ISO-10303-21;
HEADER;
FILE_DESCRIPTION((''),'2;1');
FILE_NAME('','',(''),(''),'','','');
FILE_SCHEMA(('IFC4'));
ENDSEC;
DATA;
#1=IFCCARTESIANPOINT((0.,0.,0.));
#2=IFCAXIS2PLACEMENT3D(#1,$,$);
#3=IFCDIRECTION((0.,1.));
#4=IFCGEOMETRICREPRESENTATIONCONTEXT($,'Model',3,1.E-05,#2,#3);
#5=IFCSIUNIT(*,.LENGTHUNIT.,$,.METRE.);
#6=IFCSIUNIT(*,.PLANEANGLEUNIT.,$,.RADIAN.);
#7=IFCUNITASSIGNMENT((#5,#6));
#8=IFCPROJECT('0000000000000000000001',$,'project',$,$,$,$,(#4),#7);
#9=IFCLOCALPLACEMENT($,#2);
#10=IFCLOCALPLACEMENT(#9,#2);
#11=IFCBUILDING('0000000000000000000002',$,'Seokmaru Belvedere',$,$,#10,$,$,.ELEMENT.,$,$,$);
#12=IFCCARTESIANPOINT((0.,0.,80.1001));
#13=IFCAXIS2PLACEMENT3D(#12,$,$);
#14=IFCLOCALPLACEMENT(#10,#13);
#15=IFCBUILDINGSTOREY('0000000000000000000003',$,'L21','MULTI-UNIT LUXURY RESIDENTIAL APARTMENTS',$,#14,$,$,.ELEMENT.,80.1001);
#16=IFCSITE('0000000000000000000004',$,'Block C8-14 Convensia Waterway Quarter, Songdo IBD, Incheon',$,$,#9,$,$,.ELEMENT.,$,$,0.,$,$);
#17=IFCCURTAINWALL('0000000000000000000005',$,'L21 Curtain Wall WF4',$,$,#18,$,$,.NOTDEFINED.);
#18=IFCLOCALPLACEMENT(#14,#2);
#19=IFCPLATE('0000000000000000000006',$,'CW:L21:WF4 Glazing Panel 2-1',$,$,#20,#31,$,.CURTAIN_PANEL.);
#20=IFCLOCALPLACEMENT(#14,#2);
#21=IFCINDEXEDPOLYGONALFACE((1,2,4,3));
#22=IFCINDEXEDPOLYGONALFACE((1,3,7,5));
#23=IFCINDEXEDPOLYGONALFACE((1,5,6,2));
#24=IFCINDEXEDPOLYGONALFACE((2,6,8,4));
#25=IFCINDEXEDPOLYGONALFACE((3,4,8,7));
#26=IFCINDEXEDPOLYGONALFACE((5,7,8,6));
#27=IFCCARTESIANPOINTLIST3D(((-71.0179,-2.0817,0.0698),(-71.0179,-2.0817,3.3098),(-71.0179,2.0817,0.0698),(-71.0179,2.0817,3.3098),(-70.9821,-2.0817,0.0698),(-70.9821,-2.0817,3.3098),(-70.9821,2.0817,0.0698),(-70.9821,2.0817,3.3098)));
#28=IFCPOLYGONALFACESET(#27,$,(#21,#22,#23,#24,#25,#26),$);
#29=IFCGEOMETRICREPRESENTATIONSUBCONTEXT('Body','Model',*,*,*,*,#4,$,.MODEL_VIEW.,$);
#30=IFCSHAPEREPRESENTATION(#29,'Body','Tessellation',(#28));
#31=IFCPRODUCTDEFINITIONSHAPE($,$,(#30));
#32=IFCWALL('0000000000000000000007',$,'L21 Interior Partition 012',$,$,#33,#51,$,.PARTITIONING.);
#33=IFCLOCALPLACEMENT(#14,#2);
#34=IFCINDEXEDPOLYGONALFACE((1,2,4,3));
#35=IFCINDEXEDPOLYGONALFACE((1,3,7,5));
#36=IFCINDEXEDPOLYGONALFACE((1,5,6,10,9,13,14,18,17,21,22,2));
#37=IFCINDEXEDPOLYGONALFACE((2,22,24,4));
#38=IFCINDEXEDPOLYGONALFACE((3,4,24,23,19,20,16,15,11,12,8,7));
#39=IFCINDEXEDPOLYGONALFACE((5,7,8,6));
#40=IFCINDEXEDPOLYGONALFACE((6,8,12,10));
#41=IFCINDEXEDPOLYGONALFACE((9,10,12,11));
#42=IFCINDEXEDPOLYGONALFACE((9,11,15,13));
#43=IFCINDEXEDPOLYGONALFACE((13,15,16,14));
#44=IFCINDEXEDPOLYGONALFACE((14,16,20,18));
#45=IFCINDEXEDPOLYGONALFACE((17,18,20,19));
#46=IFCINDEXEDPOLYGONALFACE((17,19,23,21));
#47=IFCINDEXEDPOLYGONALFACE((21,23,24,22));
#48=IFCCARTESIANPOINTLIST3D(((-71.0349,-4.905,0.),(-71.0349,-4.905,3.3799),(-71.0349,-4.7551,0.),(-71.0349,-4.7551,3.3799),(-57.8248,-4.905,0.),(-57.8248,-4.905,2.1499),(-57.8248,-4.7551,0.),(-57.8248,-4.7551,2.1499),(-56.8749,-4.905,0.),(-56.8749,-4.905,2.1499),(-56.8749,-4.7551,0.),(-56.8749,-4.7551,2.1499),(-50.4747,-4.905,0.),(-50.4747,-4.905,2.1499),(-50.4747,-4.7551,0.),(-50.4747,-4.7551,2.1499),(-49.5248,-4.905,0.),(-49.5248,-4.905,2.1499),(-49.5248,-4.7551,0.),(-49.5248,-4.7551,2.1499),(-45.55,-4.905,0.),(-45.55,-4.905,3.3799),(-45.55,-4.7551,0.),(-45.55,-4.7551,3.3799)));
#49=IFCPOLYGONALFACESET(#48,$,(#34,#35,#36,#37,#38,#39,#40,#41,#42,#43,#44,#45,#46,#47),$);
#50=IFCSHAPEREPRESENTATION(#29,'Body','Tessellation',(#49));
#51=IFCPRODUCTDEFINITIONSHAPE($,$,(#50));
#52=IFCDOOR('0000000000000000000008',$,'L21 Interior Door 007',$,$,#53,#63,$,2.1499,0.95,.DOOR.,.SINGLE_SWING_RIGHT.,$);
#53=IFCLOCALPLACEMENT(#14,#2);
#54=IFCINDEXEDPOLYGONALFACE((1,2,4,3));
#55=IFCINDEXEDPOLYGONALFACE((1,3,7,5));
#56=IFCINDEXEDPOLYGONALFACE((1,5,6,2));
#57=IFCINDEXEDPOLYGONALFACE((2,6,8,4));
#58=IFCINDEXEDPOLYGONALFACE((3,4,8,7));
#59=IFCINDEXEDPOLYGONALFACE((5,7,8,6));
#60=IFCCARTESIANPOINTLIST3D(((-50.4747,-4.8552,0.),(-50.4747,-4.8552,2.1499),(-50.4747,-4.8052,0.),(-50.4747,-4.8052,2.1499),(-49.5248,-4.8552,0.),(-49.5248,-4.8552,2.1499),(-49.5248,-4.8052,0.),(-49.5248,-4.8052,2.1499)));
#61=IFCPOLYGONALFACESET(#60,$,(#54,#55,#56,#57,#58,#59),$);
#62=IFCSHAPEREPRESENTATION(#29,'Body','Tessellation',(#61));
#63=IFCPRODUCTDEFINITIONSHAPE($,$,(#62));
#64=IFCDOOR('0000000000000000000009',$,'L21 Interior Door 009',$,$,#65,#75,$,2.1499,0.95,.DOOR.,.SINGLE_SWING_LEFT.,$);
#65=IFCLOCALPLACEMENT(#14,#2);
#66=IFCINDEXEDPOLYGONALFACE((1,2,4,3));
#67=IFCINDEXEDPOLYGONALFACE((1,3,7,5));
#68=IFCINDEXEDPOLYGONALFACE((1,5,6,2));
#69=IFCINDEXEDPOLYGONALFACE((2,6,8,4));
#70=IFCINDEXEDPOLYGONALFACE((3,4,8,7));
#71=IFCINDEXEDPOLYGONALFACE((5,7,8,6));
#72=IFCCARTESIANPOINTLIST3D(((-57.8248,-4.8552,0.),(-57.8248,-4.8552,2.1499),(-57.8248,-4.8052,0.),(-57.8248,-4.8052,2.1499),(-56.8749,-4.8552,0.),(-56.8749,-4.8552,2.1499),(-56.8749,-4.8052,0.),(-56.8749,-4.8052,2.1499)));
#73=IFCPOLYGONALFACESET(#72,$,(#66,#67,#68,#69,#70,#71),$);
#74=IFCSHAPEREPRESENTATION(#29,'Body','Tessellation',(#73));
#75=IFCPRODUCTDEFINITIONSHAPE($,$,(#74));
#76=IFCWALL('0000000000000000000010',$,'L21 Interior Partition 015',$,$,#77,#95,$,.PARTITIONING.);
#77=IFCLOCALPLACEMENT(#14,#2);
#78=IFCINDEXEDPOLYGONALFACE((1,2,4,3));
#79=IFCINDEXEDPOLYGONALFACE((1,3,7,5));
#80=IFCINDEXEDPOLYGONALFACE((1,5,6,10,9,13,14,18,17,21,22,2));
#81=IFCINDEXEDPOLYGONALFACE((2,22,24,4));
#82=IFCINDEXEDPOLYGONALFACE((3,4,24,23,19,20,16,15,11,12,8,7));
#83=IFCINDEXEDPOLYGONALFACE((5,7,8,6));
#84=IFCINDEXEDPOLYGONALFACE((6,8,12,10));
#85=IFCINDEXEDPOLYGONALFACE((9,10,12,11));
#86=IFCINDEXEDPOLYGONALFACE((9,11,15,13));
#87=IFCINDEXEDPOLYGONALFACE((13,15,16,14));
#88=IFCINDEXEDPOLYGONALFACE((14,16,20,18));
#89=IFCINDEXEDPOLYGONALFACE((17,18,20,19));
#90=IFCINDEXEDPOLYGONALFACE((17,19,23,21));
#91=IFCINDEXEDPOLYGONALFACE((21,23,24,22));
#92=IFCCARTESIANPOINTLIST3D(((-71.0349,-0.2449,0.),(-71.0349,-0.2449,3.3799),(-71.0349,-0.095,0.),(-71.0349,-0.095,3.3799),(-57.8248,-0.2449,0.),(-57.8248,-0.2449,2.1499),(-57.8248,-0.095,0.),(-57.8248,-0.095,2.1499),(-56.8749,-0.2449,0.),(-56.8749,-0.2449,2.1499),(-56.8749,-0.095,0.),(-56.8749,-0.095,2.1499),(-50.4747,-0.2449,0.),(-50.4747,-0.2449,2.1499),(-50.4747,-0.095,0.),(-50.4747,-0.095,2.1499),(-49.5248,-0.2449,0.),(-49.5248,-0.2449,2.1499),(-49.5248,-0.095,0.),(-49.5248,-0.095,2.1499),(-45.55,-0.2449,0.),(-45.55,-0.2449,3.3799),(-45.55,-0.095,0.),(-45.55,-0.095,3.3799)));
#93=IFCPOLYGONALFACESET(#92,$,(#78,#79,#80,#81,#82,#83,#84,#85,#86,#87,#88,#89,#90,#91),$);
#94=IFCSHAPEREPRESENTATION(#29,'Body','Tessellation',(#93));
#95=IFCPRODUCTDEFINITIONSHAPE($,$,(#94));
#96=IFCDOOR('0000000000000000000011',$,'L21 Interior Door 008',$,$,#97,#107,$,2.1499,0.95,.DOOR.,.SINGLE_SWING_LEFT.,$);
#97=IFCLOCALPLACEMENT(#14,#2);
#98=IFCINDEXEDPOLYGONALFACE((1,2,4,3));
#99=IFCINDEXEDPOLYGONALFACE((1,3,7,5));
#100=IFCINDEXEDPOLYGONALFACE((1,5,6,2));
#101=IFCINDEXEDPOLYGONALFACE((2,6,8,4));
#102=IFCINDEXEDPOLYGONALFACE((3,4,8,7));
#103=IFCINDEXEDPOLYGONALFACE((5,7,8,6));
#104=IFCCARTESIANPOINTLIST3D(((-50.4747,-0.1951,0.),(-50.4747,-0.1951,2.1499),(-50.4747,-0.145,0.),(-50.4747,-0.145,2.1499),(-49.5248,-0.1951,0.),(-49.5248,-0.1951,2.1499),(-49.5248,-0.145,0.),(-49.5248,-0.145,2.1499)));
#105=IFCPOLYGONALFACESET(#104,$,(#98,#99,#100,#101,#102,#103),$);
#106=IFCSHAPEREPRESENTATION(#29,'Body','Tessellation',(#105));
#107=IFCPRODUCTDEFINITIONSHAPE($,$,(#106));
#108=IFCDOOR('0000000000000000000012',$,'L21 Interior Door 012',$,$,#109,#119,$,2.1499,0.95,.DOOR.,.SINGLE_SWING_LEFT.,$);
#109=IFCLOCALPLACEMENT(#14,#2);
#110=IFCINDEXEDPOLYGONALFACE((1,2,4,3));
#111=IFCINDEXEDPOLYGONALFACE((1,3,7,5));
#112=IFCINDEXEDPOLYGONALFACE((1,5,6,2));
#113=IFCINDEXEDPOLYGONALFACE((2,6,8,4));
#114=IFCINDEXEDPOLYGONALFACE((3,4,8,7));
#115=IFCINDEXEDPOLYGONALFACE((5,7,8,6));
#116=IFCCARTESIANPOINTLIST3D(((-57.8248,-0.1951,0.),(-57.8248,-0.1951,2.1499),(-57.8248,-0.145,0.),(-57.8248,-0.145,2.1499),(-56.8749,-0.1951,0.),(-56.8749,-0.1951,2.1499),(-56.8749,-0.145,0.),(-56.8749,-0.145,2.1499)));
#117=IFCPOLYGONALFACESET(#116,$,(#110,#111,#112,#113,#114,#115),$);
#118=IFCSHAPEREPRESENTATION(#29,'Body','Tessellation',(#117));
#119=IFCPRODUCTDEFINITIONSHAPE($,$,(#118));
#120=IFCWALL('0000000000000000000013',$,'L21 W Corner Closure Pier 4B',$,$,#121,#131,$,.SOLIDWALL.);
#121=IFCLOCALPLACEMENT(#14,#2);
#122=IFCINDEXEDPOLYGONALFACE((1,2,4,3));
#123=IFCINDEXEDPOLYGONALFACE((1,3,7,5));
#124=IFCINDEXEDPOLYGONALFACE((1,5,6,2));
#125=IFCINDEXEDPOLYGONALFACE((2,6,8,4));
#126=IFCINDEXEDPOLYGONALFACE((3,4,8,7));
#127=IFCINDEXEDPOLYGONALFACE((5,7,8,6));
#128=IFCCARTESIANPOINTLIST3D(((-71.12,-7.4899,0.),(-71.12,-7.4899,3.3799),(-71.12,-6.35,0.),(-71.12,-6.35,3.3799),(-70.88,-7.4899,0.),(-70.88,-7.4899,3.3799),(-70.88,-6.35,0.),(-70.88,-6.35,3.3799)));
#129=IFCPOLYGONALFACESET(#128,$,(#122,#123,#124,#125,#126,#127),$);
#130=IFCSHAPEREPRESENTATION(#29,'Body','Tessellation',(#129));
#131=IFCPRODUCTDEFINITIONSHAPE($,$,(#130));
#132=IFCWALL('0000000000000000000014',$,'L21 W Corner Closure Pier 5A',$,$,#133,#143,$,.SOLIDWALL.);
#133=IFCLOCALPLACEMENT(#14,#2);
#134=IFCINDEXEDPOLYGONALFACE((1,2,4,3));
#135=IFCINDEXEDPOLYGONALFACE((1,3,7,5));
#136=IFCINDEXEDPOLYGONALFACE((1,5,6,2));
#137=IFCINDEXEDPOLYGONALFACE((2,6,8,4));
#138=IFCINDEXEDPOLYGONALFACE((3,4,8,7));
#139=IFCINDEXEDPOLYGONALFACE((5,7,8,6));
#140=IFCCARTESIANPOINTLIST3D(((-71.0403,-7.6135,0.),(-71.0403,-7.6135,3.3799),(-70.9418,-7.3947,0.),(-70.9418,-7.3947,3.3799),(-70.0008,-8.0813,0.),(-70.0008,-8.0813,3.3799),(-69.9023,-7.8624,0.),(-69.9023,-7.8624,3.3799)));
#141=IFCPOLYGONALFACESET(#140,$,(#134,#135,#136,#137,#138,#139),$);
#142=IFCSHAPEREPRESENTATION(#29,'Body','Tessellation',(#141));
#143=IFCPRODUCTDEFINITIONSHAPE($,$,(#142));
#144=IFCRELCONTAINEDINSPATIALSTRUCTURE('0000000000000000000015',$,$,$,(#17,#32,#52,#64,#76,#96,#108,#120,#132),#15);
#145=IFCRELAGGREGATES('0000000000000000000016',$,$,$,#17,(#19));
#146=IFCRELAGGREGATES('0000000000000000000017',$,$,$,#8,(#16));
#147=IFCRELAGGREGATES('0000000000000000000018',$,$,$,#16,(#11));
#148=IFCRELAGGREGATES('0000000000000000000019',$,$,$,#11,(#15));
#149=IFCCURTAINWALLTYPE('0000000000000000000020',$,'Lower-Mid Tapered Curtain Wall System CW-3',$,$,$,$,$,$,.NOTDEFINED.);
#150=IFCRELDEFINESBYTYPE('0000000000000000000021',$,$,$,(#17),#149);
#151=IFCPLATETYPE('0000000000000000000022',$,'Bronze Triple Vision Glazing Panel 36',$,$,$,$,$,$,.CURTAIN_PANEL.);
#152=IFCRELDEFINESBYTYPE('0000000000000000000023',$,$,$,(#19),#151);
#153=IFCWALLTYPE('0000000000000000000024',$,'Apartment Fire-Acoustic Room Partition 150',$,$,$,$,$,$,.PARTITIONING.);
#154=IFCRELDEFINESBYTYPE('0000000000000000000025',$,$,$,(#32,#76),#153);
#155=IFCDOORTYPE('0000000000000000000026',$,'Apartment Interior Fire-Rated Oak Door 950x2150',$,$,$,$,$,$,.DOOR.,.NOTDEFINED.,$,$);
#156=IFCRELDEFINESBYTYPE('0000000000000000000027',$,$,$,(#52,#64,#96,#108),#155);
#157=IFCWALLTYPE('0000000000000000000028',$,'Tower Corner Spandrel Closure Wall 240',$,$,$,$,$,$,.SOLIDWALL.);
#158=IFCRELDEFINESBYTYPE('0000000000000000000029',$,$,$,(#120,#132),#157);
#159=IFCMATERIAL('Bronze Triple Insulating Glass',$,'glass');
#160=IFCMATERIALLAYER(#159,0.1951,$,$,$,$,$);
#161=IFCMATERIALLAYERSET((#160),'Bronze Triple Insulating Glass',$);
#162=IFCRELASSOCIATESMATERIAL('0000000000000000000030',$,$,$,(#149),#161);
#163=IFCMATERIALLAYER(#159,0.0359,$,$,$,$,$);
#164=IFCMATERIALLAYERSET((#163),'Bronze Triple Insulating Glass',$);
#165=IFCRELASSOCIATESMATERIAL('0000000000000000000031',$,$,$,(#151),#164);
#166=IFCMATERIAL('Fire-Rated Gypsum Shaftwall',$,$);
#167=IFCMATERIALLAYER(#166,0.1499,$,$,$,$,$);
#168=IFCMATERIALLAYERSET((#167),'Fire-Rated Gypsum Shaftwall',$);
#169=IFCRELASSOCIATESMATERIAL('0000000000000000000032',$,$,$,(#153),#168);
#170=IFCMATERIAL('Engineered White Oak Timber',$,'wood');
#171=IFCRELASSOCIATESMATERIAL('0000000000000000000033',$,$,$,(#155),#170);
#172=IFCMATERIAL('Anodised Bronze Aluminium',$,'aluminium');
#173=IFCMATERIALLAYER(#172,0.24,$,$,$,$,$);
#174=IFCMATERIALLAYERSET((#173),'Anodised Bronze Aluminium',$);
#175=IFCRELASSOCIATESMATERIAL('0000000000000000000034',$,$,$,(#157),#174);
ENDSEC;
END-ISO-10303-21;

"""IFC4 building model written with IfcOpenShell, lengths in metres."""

from ifc_helpers import new_model, si_unit, direction, frame, frame_2d, origin, origin_2d, place, context, subcontext, project, spatial, rectangle, extrude, source, transform, mapped, material, layer, layer_set, type_object, type_shapes, element, fill, aggregate, save


model = new_model("IFC4")

# Units and contexts
model_context = context("Model", 3, precision=1e-05, world=origin(), true_north=direction((0.0, 1.0)))
body_context = subcontext(model_context, "Body", "Model", "MODEL_VIEW")
ifc_project = project(units=[si_unit("LENGTHUNIT", "METRE"), si_unit("PLANEANGLEUNIT", "RADIAN")], contexts=[model_context])

# Site, building, storey
site_placement = place(None, origin())
site = spatial("IfcSite", under=ifc_project, at=site_placement, Name="Block C8-14 Convensia Waterway Quarter, Songdo IBD, Incheon", CompositionType="ELEMENT", RefElevation=0.0)
building_placement = place(site_placement, origin())
building = spatial("IfcBuilding", under=site, at=building_placement, Name="Seokmaru Belvedere", CompositionType="ELEMENT")
storey_placement = place(building_placement, frame((0.0, 0.0, 80.1001)))
storey = spatial("IfcBuildingStorey", under=building, at=storey_placement, Name="L21", Description="MULTI-UNIT LUXURY RESIDENTIAL APARTMENTS", CompositionType="ELEMENT", Elevation=80.1001)

# Curtain wall
ifc_material_1 = material(Name="Bronze Triple Insulating Glass", Category="glass")
ifc_layer_1 = layer(ifc_material_1, 0.1951)
ifc_layer_set_1 = layer_set([ifc_layer_1], Name="Bronze Triple Insulating Glass")
curtain_wall_type = type_object("IfcCurtainWallType", Name="Lower-Mid Tapered Curtain Wall System CW-3", PredefinedType="NOTDEFINED", material=ifc_layer_set_1)
curtain_wall_1_placement = place(storey_placement, origin())
curtain_wall_1 = element("IfcCurtainWall", 1, at=curtain_wall_1_placement, inside=storey, type_object=curtain_wall_type, Name="L21 Curtain Wall WF4", PredefinedType="NOTDEFINED")
ifc_material_2 = material(Name="Anodised Bronze Aluminium", Category="aluminium")

# Plate
ifc_layer_2 = layer(ifc_material_1, 0.0359)
ifc_layer_set_2 = layer_set([ifc_layer_2], Name="Bronze Triple Insulating Glass")
plate_type = type_object("IfcPlateType", Name="Bronze Triple Vision Glazing Panel 36", PredefinedType="CURTAIN_PANEL", material=ifc_layer_set_2)
shared_shape_1 = source(origin(), body_context, "Body", "SweptSolid", [
    extrude(rectangle(XDim=4.1633, YDim=0.0359, at=origin_2d()), origin(), (0.0, 0.0, 1.0), 3.24),
])
plate_1_placement = place(storey_placement, frame((-71.0, 0.0, 0.0698), z_axis=(0.0, 0.0, 1.0), x_axis=(0.0, -1.0, 0.0)))
plate_1 = element("IfcPlate", 2, at=plate_1_placement, type_object=plate_type, Name="CW:L21:WF4 Glazing Panel 2-1", PredefinedType="CURTAIN_PANEL", context=body_context, shape_type="MappedRepresentation", body=[
    mapped(shared_shape_1, transform((0.0, 0.0, 0.0), scale=1.0)),
])
aggregate(curtain_wall_1, [plate_1])

# Walls, openings, doors
ifc_material_3 = material(Name="Fire-Rated Gypsum Shaftwall")
ifc_layer_3 = layer(ifc_material_3, 0.1499)
ifc_layer_set_3 = layer_set([ifc_layer_3], Name="Fire-Rated Gypsum Shaftwall")
wall_type_1 = type_object("IfcWallType", Name="Apartment Fire-Acoustic Room Partition 150", PredefinedType="PARTITIONING", material=ifc_layer_set_3)
wall_1_placement = place(storey_placement, frame((-71.0349, -4.8301, 0.0), z_axis=(0.0, 0.0, 1.0), x_axis=(1.0, 0.0, 0.0)))
wall_1 = element("IfcWall", 3, at=wall_1_placement, inside=storey, type_object=wall_type_1, Name="L21 Interior Partition 012", PredefinedType="PARTITIONING", context=body_context, shape_type="SweptSolid", body=[
    extrude(rectangle(XDim=25.4849, YDim=0.1499, at=frame_2d((12.7424, 0.0))), origin(), (0.0, 0.0, 1.0), 3.3799),
])
opening_1_placement = place(wall_1_placement, frame((20.5601, 0.0, 0.0)))
opening_1 = element("IfcOpeningElement", 4, at=opening_1_placement, cuts=wall_1, PredefinedType="OPENING", context=body_context, shape_type="SweptSolid", body=[
    extrude(rectangle(XDim=0.95, YDim=2.1499, at=frame_2d((0.4751, 1.075))), frame((0.0, 0.085, 0.0), z_axis=(0.0, -1.0, 0.0), x_axis=(1.0, 0.0, 0.0)), (0.0, 0.0, 1.0), 0.1699),
])
opening_2_placement = place(wall_1_placement, frame((13.21, 0.0, 0.0)))
opening_2 = element("IfcOpeningElement", 5, at=opening_2_placement, cuts=wall_1, PredefinedType="OPENING", context=body_context, shape_type="SweptSolid", body=[
    extrude(rectangle(XDim=0.95, YDim=2.1499, at=frame_2d((0.4751, 1.075))), frame((0.0, 0.085, 0.0), z_axis=(0.0, -1.0, 0.0), x_axis=(1.0, 0.0, 0.0)), (0.0, 0.0, 1.0), 0.1699),
])
ifc_material_4 = material(Name="Engineered White Oak Timber", Category="wood")
door_type = type_object("IfcDoorType", Name="Apartment Interior Fire-Rated Oak Door 950x2150", OperationType="NOTDEFINED", PredefinedType="DOOR", material=ifc_material_4)
shared_shape_2 = source(origin(), body_context, "Body", "SweptSolid", [
    extrude(rectangle(XDim=0.95, YDim=2.1499, at=frame_2d((0.4751, 1.075))), frame((0.0, 0.0249, 0.0), z_axis=(0.0, -1.0, 0.0), x_axis=(1.0, 0.0, 0.0)), (0.0, 0.0, 1.0), 0.05),
])
type_shapes(door_type, [shared_shape_2])
door_1_placement = place(opening_1_placement, origin())
door_1 = element("IfcDoor", 6, at=door_1_placement, inside=storey, type_object=door_type, Name="L21 Interior Door 007", OperationType="SINGLE_SWING_RIGHT", OverallHeight=2.1499, OverallWidth=0.95, PredefinedType="DOOR", context=body_context, shape_type="MappedRepresentation", body=[
    mapped(shared_shape_2, transform((0.0, 0.0, 0.0), scale=1.0)),
])
fill(opening_1, door_1)
door_2_placement = place(opening_2_placement, origin())
door_2 = element("IfcDoor", 7, at=door_2_placement, inside=storey, type_object=door_type, Name="L21 Interior Door 009", OperationType="SINGLE_SWING_LEFT", OverallHeight=2.1499, OverallWidth=0.95, PredefinedType="DOOR", context=body_context, shape_type="MappedRepresentation", body=[
    mapped(shared_shape_2, transform((0.0, 0.0, 0.0), scale=1.0)),
])
fill(opening_2, door_2)
wall_2_placement = place(storey_placement, frame((-71.0349, -0.1699, 0.0), z_axis=(0.0, 0.0, 1.0), x_axis=(1.0, 0.0, 0.0)))
wall_2 = element("IfcWall", 8, at=wall_2_placement, inside=storey, type_object=wall_type_1, Name="L21 Interior Partition 015", PredefinedType="PARTITIONING", context=body_context, shape_type="SweptSolid", body=[
    extrude(rectangle(XDim=25.4849, YDim=0.1499, at=frame_2d((12.7424, 0.0))), origin(), (0.0, 0.0, 1.0), 3.3799),
])
opening_3_placement = place(wall_2_placement, frame((20.5601, 0.0, 0.0)))
opening_3 = element("IfcOpeningElement", 9, at=opening_3_placement, cuts=wall_2, PredefinedType="OPENING", context=body_context, shape_type="SweptSolid", body=[
    extrude(rectangle(XDim=0.95, YDim=2.1499, at=frame_2d((0.4751, 1.075))), frame((0.0, 0.085, 0.0), z_axis=(0.0, -1.0, 0.0), x_axis=(1.0, 0.0, 0.0)), (0.0, 0.0, 1.0), 0.1699),
])
opening_4_placement = place(wall_2_placement, frame((13.21, 0.0, 0.0)))
opening_4 = element("IfcOpeningElement", 10, at=opening_4_placement, cuts=wall_2, PredefinedType="OPENING", context=body_context, shape_type="SweptSolid", body=[
    extrude(rectangle(XDim=0.95, YDim=2.1499, at=frame_2d((0.4751, 1.075))), frame((0.0, 0.085, 0.0), z_axis=(0.0, -1.0, 0.0), x_axis=(1.0, 0.0, 0.0)), (0.0, 0.0, 1.0), 0.1699),
])
door_3_placement = place(opening_3_placement, origin())
door_3 = element("IfcDoor", 11, at=door_3_placement, inside=storey, type_object=door_type, Name="L21 Interior Door 008", OperationType="SINGLE_SWING_LEFT", OverallHeight=2.1499, OverallWidth=0.95, PredefinedType="DOOR", context=body_context, shape_type="MappedRepresentation", body=[
    mapped(shared_shape_2, transform((0.0, 0.0, 0.0), scale=1.0)),
])
fill(opening_3, door_3)
door_4_placement = place(opening_4_placement, origin())
door_4 = element("IfcDoor", 12, at=door_4_placement, inside=storey, type_object=door_type, Name="L21 Interior Door 012", OperationType="SINGLE_SWING_LEFT", OverallHeight=2.1499, OverallWidth=0.95, PredefinedType="DOOR", context=body_context, shape_type="MappedRepresentation", body=[
    mapped(shared_shape_2, transform((0.0, 0.0, 0.0), scale=1.0)),
])
fill(opening_4, door_4)

# Walls
ifc_layer_4 = layer(ifc_material_2, 0.24)
ifc_layer_set_4 = layer_set([ifc_layer_4], Name="Anodised Bronze Aluminium")
wall_type_2 = type_object("IfcWallType", Name="Tower Corner Spandrel Closure Wall 240", PredefinedType="SOLIDWALL", material=ifc_layer_set_4)
for number, where, z_axis, x_axis, name in (
    (13, (-71.0, -6.3501, 0.0), (0.0, 0.0, 1.0), (0.0, -1.0, 0.0), "L21 W Corner Closure Pier 4B"),
    (14, (-70.991, -7.5042, 0.0), (0.0, 0.0, 1.0), (0.91193, -0.410347, 0.0), "L21 W Corner Closure Pier 5A"),
):
    element("IfcWall", number, at=place(storey_placement, frame(where, z_axis=z_axis, x_axis=x_axis)), inside=storey, type_object=wall_type_2, Name=name, PredefinedType="SOLIDWALL", context=body_context, shape_type="SweptSolid", body=[
        extrude(rectangle(XDim=1.1399, YDim=0.24, at=frame_2d((0.5698, 0.0))), origin(), (0.0, 0.0, 1.0), 3.3799),
    ])

save(model, "model.ifc")
